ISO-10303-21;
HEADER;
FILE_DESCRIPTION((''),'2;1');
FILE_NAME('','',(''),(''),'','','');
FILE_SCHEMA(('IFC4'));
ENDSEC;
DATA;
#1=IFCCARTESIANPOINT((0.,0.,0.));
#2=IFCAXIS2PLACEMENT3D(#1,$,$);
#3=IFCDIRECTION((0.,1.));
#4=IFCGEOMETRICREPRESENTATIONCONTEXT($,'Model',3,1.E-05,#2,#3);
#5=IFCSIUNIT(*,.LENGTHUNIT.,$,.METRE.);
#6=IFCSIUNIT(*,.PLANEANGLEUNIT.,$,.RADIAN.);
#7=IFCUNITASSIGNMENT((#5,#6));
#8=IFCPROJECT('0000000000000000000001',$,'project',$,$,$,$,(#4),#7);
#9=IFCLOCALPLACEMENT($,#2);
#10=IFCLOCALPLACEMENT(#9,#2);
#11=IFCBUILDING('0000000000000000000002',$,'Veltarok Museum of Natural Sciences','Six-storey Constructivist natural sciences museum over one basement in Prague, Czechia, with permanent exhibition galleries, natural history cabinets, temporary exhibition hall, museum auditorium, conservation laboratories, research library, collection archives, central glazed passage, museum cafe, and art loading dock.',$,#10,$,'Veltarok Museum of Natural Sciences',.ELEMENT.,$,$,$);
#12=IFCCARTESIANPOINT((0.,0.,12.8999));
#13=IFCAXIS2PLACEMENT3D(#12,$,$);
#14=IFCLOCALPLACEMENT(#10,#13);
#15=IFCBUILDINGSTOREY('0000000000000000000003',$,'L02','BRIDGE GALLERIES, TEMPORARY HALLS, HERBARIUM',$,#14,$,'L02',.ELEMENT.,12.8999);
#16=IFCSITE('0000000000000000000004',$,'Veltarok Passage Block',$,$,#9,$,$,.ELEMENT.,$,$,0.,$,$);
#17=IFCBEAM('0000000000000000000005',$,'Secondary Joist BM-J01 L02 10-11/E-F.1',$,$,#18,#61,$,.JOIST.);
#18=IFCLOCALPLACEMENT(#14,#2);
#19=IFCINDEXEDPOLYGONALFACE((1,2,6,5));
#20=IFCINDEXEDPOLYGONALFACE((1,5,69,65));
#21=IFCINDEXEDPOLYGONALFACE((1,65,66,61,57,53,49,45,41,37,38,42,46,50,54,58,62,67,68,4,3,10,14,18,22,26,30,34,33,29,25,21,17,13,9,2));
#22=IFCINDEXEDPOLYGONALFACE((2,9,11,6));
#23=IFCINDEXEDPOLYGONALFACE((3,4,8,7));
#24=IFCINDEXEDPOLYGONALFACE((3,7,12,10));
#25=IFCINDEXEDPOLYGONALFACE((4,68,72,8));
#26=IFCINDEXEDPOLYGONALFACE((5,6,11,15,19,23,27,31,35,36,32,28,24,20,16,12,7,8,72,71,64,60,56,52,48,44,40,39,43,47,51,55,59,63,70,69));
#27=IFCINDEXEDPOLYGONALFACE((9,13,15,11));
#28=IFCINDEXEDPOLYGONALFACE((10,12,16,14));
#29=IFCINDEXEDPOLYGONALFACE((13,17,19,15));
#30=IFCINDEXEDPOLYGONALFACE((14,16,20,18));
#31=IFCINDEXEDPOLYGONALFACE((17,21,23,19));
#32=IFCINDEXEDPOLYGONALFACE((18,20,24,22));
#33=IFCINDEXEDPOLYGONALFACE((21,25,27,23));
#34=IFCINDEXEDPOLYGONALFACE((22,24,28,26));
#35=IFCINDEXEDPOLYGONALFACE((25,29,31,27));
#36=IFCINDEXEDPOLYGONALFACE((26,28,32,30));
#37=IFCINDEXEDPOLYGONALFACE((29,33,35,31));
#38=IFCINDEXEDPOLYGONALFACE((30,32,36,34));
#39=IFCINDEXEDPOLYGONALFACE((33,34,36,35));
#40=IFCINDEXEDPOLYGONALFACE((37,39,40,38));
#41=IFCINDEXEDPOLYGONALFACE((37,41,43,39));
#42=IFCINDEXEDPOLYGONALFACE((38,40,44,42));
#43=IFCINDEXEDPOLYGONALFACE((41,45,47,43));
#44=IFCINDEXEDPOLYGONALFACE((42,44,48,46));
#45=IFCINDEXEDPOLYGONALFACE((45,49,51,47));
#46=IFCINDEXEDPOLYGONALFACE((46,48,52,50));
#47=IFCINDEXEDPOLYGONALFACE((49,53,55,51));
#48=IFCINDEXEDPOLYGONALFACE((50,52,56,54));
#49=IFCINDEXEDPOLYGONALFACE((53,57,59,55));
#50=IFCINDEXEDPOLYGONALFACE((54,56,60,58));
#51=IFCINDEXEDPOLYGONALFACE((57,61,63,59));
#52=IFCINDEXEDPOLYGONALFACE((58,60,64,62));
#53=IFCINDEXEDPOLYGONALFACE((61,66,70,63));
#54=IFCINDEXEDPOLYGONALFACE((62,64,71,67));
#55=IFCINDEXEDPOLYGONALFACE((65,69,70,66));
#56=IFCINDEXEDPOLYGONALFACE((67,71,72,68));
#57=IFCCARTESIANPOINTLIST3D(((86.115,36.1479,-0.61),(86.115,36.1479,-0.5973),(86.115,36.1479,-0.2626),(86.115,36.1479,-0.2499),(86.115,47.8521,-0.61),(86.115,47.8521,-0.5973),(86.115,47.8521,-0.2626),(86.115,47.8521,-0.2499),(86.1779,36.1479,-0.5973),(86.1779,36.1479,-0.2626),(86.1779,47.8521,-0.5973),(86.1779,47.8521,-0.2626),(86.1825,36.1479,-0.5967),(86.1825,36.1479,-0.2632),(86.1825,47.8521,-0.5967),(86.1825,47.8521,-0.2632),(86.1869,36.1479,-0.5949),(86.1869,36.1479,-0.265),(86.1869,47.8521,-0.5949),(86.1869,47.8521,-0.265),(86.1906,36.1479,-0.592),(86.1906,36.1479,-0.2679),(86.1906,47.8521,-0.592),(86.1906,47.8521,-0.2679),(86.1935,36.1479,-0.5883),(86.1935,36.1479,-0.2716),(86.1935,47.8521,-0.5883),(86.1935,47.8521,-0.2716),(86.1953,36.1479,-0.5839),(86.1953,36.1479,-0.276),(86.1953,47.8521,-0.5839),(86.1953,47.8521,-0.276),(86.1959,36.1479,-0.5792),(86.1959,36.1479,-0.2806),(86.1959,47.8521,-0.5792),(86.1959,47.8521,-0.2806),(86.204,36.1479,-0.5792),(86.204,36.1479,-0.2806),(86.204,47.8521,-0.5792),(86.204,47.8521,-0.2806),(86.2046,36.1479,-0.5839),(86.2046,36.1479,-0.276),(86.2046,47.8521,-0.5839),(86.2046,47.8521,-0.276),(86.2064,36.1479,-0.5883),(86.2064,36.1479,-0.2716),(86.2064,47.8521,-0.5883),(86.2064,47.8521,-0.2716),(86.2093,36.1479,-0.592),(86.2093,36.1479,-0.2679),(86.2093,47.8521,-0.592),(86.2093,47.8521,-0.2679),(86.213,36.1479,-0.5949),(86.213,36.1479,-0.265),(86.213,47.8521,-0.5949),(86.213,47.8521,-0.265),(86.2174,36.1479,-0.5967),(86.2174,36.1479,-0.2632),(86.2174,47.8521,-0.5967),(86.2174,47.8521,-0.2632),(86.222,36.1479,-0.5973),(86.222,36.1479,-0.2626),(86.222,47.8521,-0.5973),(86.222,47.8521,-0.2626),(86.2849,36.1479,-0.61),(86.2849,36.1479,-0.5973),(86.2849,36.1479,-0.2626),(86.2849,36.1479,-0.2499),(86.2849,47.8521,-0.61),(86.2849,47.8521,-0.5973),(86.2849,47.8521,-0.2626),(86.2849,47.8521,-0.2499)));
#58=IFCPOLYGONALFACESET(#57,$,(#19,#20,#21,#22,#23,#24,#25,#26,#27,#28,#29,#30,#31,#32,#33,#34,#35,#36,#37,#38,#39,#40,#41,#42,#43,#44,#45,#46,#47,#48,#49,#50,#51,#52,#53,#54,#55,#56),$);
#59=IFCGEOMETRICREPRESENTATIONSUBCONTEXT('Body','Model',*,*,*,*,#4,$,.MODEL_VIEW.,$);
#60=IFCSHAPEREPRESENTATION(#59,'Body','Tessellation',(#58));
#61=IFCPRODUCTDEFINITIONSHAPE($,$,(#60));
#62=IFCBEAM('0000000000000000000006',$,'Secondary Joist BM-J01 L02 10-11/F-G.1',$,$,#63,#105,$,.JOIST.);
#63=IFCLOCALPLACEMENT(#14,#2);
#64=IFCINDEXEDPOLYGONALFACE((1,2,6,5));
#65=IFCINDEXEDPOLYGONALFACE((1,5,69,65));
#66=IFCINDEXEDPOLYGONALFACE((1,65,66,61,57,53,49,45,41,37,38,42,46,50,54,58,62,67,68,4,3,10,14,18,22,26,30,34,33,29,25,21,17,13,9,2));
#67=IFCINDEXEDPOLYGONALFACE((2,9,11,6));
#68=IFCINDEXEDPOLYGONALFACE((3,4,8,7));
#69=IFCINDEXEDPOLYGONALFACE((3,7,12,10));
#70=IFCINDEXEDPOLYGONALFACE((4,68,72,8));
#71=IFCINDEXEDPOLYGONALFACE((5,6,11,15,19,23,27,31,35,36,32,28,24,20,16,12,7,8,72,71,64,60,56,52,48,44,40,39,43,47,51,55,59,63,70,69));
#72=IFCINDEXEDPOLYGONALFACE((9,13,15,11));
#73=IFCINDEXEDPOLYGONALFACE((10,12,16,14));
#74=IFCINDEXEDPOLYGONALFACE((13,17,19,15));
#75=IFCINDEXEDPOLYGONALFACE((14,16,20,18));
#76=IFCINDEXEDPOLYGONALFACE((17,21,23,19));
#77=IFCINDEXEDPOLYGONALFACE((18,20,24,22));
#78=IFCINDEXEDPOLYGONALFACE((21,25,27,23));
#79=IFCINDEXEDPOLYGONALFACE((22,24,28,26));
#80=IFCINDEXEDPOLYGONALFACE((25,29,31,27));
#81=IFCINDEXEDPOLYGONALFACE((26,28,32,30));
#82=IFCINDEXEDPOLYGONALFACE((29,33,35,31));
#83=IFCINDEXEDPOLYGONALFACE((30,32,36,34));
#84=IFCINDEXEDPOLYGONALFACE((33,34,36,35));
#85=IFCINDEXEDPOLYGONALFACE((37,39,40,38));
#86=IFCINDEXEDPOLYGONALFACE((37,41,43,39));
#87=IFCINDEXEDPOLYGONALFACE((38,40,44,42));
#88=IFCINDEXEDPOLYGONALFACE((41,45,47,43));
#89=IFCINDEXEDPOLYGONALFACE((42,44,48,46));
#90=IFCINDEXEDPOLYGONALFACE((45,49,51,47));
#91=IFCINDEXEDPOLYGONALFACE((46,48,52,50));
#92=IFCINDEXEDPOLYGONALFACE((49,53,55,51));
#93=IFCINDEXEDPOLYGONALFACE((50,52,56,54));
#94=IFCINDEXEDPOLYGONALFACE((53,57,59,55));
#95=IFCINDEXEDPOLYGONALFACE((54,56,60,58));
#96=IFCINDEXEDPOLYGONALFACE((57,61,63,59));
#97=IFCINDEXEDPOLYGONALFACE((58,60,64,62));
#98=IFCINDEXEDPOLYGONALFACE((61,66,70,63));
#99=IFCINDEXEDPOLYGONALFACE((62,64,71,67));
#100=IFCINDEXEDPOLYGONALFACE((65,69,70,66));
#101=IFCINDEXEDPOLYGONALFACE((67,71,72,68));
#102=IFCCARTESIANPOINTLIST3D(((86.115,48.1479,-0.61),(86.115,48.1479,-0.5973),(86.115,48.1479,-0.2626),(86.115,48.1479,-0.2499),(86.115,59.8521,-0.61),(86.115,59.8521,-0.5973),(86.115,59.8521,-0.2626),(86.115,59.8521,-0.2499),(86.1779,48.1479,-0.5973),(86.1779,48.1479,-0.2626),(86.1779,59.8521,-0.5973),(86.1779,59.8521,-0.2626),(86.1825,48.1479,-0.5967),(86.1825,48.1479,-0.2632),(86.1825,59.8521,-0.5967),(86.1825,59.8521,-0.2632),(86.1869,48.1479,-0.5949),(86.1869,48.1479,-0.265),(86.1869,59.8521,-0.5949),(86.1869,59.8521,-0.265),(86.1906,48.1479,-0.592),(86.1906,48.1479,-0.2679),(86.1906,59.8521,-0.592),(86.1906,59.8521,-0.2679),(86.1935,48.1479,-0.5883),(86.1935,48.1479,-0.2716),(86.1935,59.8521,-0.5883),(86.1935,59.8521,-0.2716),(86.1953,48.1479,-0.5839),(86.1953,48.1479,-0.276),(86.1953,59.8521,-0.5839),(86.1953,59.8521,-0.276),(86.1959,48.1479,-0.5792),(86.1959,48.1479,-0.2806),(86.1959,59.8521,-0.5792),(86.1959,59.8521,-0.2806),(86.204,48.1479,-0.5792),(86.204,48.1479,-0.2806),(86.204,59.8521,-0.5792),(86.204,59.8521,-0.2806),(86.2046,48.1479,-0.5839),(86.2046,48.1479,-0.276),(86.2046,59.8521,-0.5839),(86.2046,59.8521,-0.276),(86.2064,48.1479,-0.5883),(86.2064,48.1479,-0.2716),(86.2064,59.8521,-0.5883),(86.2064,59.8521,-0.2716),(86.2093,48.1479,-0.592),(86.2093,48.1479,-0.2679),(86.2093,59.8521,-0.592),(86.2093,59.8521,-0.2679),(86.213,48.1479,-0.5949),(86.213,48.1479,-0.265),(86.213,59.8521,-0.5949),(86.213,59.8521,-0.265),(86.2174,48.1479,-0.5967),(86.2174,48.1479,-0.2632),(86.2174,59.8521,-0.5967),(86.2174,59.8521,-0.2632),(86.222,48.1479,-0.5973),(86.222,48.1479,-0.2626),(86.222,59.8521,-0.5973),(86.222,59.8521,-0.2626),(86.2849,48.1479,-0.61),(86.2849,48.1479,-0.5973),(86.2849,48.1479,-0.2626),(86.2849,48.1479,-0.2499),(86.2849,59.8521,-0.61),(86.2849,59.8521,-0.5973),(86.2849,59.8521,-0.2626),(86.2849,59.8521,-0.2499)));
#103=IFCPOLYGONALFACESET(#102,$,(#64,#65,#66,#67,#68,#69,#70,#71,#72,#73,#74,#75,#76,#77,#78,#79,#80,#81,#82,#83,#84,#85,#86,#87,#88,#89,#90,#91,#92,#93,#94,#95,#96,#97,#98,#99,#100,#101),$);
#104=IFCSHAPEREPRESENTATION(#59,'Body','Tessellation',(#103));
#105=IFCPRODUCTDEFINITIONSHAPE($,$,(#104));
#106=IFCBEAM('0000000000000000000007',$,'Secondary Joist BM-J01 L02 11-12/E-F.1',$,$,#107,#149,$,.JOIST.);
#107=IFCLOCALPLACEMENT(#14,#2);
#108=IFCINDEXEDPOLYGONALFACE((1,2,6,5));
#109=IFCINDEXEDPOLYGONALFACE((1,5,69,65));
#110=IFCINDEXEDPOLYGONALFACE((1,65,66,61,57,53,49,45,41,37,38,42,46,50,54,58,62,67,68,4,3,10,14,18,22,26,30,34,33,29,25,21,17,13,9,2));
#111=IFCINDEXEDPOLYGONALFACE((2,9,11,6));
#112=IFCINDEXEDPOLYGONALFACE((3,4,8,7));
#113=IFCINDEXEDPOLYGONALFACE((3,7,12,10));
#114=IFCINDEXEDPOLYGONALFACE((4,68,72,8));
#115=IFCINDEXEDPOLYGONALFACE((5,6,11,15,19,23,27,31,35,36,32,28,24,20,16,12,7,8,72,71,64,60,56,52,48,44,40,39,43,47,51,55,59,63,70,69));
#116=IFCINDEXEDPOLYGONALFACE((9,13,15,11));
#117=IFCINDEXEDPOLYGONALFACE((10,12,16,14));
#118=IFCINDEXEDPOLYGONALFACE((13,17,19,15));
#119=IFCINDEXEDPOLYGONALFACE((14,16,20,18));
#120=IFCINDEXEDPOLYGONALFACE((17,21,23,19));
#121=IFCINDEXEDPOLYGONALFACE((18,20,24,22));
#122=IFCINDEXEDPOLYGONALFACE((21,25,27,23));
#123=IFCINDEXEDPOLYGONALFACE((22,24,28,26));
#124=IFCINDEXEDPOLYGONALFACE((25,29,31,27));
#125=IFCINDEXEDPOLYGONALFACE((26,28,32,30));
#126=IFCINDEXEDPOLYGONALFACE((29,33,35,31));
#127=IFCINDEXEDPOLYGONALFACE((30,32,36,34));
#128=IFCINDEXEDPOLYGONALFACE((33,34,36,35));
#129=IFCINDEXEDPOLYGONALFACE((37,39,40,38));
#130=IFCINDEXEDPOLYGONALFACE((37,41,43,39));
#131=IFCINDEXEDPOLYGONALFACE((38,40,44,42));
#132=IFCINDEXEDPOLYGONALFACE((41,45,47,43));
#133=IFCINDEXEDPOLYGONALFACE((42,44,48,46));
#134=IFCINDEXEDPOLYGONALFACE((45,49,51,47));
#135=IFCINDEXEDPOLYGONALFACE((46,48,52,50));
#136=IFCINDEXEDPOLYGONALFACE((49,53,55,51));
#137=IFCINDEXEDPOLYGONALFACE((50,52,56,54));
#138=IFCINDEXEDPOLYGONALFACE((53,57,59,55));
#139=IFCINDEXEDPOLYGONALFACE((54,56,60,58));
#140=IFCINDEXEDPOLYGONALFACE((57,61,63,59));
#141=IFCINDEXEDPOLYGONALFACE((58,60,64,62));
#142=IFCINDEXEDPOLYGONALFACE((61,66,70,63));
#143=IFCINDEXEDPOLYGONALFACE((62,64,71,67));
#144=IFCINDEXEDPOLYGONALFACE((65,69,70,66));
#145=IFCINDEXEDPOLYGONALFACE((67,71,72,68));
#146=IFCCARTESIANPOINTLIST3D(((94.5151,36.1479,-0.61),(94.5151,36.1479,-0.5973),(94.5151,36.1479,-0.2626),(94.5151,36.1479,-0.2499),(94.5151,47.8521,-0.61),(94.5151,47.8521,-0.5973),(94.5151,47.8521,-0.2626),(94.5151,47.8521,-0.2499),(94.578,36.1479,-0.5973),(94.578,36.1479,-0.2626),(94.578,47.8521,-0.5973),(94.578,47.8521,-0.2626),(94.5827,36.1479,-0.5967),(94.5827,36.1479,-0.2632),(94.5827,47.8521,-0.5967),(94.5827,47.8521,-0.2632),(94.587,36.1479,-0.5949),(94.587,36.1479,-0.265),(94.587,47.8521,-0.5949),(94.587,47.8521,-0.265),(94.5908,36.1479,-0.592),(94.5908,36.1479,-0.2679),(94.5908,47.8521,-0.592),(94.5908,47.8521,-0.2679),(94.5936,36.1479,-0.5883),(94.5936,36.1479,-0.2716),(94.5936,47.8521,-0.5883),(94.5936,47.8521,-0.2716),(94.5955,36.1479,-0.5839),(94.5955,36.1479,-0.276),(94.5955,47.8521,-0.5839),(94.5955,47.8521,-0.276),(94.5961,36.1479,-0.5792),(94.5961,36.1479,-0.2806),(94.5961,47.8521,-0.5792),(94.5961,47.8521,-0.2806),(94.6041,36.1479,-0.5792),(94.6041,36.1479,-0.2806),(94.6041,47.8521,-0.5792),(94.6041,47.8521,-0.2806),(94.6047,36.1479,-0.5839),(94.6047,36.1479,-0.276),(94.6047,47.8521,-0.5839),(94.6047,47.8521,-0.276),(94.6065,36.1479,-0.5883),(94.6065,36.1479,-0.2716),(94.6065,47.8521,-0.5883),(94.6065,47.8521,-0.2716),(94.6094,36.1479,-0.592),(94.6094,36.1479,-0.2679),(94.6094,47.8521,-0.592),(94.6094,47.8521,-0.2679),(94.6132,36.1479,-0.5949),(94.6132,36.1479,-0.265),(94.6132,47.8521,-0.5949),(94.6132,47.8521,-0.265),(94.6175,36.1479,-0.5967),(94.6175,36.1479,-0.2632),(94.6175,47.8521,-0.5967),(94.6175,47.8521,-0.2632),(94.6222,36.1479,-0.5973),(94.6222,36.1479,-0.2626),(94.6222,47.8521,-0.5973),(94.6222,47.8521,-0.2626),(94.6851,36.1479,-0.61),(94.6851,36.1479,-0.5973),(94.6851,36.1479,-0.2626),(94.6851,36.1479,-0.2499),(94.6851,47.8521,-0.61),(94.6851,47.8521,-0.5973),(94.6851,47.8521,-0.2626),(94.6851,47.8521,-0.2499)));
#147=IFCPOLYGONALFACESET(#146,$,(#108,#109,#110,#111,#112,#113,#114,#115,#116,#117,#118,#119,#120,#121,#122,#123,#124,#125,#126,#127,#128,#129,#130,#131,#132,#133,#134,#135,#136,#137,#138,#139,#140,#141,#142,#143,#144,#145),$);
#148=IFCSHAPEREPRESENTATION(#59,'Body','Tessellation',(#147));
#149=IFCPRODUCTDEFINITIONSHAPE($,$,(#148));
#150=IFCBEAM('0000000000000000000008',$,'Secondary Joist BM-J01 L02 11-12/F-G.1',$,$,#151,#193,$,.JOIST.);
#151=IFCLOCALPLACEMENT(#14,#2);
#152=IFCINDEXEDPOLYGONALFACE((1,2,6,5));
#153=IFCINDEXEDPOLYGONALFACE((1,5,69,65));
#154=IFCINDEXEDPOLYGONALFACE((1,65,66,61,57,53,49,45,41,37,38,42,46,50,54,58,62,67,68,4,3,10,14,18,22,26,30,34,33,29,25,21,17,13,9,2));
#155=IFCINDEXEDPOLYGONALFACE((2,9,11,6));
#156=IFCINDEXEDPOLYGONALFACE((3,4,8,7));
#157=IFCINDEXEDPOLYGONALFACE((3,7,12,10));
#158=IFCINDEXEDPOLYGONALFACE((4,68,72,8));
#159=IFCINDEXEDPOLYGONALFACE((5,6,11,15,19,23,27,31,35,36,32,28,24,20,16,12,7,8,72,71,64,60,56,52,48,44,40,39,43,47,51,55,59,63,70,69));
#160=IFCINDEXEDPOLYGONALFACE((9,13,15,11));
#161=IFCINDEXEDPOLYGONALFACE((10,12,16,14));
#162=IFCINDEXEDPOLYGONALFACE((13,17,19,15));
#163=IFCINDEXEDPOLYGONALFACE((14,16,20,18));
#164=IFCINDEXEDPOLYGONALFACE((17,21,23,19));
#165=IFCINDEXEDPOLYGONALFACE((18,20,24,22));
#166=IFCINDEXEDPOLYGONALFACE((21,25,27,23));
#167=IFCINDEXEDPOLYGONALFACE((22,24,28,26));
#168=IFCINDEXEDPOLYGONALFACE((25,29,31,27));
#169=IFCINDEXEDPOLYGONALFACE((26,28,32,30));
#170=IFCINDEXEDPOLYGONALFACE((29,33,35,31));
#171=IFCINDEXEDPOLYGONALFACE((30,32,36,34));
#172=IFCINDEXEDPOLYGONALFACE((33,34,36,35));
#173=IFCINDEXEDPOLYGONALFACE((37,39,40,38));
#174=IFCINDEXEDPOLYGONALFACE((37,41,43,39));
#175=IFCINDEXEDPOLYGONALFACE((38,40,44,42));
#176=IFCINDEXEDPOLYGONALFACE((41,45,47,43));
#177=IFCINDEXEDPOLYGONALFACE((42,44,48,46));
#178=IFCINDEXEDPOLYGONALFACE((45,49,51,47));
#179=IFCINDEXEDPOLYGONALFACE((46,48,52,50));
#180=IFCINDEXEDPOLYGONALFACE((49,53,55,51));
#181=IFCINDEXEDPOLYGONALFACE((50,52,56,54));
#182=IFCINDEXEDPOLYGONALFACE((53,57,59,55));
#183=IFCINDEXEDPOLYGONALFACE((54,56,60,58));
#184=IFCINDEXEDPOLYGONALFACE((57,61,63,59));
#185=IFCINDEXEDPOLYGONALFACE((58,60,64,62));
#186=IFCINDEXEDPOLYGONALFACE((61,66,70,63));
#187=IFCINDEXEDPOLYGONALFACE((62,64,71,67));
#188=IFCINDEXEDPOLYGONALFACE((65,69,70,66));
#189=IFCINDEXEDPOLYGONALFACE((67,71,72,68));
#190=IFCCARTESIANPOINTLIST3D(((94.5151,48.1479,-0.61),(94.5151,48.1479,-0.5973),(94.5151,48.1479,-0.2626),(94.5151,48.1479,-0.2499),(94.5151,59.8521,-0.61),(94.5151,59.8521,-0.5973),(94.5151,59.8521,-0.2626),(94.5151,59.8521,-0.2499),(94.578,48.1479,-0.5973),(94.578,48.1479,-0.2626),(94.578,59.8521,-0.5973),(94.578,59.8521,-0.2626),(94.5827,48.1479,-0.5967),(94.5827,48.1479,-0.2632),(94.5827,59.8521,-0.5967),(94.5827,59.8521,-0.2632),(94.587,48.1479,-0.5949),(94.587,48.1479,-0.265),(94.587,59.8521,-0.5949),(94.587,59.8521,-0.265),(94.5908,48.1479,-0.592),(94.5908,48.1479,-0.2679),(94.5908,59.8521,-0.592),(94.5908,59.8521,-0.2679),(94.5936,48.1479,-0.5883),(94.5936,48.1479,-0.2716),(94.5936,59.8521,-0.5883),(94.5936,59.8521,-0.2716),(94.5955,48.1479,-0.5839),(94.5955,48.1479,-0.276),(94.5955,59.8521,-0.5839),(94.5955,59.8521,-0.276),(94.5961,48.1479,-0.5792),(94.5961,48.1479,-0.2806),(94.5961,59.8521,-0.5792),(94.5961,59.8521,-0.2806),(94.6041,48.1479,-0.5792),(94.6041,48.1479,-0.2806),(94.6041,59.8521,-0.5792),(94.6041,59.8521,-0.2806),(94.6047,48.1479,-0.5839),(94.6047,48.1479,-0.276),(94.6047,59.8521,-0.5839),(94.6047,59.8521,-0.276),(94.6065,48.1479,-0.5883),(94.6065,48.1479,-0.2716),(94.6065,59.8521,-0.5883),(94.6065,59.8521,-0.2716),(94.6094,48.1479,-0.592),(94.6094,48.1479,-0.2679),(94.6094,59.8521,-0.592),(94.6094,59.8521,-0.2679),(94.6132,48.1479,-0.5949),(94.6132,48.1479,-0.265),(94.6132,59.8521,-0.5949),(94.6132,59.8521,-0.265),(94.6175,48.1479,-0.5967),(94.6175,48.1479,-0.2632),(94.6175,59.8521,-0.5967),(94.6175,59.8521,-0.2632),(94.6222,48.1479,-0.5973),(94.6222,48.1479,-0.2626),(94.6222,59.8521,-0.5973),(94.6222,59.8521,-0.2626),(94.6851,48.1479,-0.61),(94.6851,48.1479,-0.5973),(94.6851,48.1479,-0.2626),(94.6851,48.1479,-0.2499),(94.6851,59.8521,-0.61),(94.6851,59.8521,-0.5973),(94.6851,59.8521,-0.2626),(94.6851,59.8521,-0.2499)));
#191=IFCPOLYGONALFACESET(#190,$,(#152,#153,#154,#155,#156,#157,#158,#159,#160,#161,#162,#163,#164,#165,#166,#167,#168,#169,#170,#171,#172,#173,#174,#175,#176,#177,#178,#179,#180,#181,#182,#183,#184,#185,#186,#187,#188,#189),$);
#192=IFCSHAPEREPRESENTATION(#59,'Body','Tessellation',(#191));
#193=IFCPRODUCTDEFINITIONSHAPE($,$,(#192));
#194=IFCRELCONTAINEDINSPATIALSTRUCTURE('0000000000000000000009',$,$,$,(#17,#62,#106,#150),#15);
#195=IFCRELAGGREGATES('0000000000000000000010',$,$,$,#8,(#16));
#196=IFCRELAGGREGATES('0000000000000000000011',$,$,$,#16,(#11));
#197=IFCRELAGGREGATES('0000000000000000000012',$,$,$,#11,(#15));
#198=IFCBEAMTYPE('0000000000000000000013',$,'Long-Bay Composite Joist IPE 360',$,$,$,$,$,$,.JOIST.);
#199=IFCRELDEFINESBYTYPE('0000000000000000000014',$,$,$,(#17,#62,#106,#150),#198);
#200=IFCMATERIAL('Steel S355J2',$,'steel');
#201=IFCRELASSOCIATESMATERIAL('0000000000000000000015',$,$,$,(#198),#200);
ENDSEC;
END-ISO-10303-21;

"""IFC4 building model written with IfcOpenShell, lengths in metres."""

from ifc_helpers import new_model, si_unit, direction, frame, origin, origin_2d, place, context, subcontext, project, spatial, i_section, extrude, material, material_profile, profile_set, type_object, element, save


model = new_model("IFC4")

# Units and contexts
model_context = context("Model", 3, precision=1e-05, world=origin(), true_north=direction((0.0, 1.0)))
body_context = subcontext(model_context, "Body", "Model", "MODEL_VIEW")
ifc_project = project(units=[si_unit("LENGTHUNIT", "METRE"), si_unit("PLANEANGLEUNIT", "RADIAN")], contexts=[model_context])

# Site, building, storey
site_placement = place(None, origin())
site = spatial("IfcSite", under=ifc_project, at=site_placement, Name="Veltarok Passage Block", CompositionType="ELEMENT", RefElevation=0.0)
building_placement = place(site_placement, origin())
building = spatial("IfcBuilding", under=site, at=building_placement, Name="Veltarok Museum of Natural Sciences", Description="Six-storey Constructivist natural sciences museum over one basement in Prague, Czechia, with permanent exhibition galleries, natural history cabinets, temporary exhibition hall, museum auditorium, conservation laboratories, research library, collection archives, central glazed passage, museum cafe, and art loading dock.", LongName="Veltarok Museum of Natural Sciences", CompositionType="ELEMENT")
storey_placement = place(building_placement, frame((0.0, 0.0, 12.8999)))
storey = spatial("IfcBuildingStorey", under=building, at=storey_placement, Name="L02", Description="BRIDGE GALLERIES, TEMPORARY HALLS, HERBARIUM", LongName="L02", CompositionType="ELEMENT", Elevation=12.8999)

# Shared definitions
ifc_material_1 = material(Name="Steel S355J2", Category="steel")

# Beams
ifc_material_profile_1 = material_profile(ifc_material_1, i_section(OverallWidth=0.1699, OverallDepth=0.3601, WebThickness=0.0081, FlangeThickness=0.0127, FilletRadius=0.0181, at=origin_2d()), Name="IPE 360")
ifc_profile_set_1 = profile_set([ifc_material_profile_1], Name="Steel S355J2")
beam_type_1 = type_object("IfcBeamType", Name="Long-Bay Composite Joist IPE 360", PredefinedType="JOIST", material=ifc_profile_set_1)
for number, where, z_axis, x_axis, name in (
    (1, (86.2, 36.1479, -0.4299), (0.0, 1.0, 0.0), (-1.0, 0.0, 0.0), "Secondary Joist BM-J01 L02 10-11/E-F.1"),
    (2, (86.2, 48.1479, -0.4299), (0.0, 1.0, 0.0), (-1.0, 0.0, 0.0), "Secondary Joist BM-J01 L02 10-11/F-G.1"),
    (3, (94.6001, 36.1479, -0.4299), (0.0, 1.0, 0.0), (-1.0, 0.0, 0.0), "Secondary Joist BM-J01 L02 11-12/E-F.1"),
    (4, (94.6001, 48.1479, -0.4299), (0.0, 1.0, 0.0), (-1.0, 0.0, 0.0), "Secondary Joist BM-J01 L02 11-12/F-G.1"),
):
    element("IfcBeam", number, at=place(storey_placement, frame(where, z_axis=z_axis, x_axis=x_axis)), inside=storey, type_object=beam_type_1, Name=name, PredefinedType="JOIST", context=body_context, shape_type="SweptSolid", body=[
        extrude(i_section(OverallWidth=0.1699, OverallDepth=0.3601, WebThickness=0.0081, FlangeThickness=0.0127, FilletRadius=0.0181, at=origin_2d()), origin(), (0.0, 0.0, 1.0), 11.7041),
    ])

save(model, "model.ifc")
